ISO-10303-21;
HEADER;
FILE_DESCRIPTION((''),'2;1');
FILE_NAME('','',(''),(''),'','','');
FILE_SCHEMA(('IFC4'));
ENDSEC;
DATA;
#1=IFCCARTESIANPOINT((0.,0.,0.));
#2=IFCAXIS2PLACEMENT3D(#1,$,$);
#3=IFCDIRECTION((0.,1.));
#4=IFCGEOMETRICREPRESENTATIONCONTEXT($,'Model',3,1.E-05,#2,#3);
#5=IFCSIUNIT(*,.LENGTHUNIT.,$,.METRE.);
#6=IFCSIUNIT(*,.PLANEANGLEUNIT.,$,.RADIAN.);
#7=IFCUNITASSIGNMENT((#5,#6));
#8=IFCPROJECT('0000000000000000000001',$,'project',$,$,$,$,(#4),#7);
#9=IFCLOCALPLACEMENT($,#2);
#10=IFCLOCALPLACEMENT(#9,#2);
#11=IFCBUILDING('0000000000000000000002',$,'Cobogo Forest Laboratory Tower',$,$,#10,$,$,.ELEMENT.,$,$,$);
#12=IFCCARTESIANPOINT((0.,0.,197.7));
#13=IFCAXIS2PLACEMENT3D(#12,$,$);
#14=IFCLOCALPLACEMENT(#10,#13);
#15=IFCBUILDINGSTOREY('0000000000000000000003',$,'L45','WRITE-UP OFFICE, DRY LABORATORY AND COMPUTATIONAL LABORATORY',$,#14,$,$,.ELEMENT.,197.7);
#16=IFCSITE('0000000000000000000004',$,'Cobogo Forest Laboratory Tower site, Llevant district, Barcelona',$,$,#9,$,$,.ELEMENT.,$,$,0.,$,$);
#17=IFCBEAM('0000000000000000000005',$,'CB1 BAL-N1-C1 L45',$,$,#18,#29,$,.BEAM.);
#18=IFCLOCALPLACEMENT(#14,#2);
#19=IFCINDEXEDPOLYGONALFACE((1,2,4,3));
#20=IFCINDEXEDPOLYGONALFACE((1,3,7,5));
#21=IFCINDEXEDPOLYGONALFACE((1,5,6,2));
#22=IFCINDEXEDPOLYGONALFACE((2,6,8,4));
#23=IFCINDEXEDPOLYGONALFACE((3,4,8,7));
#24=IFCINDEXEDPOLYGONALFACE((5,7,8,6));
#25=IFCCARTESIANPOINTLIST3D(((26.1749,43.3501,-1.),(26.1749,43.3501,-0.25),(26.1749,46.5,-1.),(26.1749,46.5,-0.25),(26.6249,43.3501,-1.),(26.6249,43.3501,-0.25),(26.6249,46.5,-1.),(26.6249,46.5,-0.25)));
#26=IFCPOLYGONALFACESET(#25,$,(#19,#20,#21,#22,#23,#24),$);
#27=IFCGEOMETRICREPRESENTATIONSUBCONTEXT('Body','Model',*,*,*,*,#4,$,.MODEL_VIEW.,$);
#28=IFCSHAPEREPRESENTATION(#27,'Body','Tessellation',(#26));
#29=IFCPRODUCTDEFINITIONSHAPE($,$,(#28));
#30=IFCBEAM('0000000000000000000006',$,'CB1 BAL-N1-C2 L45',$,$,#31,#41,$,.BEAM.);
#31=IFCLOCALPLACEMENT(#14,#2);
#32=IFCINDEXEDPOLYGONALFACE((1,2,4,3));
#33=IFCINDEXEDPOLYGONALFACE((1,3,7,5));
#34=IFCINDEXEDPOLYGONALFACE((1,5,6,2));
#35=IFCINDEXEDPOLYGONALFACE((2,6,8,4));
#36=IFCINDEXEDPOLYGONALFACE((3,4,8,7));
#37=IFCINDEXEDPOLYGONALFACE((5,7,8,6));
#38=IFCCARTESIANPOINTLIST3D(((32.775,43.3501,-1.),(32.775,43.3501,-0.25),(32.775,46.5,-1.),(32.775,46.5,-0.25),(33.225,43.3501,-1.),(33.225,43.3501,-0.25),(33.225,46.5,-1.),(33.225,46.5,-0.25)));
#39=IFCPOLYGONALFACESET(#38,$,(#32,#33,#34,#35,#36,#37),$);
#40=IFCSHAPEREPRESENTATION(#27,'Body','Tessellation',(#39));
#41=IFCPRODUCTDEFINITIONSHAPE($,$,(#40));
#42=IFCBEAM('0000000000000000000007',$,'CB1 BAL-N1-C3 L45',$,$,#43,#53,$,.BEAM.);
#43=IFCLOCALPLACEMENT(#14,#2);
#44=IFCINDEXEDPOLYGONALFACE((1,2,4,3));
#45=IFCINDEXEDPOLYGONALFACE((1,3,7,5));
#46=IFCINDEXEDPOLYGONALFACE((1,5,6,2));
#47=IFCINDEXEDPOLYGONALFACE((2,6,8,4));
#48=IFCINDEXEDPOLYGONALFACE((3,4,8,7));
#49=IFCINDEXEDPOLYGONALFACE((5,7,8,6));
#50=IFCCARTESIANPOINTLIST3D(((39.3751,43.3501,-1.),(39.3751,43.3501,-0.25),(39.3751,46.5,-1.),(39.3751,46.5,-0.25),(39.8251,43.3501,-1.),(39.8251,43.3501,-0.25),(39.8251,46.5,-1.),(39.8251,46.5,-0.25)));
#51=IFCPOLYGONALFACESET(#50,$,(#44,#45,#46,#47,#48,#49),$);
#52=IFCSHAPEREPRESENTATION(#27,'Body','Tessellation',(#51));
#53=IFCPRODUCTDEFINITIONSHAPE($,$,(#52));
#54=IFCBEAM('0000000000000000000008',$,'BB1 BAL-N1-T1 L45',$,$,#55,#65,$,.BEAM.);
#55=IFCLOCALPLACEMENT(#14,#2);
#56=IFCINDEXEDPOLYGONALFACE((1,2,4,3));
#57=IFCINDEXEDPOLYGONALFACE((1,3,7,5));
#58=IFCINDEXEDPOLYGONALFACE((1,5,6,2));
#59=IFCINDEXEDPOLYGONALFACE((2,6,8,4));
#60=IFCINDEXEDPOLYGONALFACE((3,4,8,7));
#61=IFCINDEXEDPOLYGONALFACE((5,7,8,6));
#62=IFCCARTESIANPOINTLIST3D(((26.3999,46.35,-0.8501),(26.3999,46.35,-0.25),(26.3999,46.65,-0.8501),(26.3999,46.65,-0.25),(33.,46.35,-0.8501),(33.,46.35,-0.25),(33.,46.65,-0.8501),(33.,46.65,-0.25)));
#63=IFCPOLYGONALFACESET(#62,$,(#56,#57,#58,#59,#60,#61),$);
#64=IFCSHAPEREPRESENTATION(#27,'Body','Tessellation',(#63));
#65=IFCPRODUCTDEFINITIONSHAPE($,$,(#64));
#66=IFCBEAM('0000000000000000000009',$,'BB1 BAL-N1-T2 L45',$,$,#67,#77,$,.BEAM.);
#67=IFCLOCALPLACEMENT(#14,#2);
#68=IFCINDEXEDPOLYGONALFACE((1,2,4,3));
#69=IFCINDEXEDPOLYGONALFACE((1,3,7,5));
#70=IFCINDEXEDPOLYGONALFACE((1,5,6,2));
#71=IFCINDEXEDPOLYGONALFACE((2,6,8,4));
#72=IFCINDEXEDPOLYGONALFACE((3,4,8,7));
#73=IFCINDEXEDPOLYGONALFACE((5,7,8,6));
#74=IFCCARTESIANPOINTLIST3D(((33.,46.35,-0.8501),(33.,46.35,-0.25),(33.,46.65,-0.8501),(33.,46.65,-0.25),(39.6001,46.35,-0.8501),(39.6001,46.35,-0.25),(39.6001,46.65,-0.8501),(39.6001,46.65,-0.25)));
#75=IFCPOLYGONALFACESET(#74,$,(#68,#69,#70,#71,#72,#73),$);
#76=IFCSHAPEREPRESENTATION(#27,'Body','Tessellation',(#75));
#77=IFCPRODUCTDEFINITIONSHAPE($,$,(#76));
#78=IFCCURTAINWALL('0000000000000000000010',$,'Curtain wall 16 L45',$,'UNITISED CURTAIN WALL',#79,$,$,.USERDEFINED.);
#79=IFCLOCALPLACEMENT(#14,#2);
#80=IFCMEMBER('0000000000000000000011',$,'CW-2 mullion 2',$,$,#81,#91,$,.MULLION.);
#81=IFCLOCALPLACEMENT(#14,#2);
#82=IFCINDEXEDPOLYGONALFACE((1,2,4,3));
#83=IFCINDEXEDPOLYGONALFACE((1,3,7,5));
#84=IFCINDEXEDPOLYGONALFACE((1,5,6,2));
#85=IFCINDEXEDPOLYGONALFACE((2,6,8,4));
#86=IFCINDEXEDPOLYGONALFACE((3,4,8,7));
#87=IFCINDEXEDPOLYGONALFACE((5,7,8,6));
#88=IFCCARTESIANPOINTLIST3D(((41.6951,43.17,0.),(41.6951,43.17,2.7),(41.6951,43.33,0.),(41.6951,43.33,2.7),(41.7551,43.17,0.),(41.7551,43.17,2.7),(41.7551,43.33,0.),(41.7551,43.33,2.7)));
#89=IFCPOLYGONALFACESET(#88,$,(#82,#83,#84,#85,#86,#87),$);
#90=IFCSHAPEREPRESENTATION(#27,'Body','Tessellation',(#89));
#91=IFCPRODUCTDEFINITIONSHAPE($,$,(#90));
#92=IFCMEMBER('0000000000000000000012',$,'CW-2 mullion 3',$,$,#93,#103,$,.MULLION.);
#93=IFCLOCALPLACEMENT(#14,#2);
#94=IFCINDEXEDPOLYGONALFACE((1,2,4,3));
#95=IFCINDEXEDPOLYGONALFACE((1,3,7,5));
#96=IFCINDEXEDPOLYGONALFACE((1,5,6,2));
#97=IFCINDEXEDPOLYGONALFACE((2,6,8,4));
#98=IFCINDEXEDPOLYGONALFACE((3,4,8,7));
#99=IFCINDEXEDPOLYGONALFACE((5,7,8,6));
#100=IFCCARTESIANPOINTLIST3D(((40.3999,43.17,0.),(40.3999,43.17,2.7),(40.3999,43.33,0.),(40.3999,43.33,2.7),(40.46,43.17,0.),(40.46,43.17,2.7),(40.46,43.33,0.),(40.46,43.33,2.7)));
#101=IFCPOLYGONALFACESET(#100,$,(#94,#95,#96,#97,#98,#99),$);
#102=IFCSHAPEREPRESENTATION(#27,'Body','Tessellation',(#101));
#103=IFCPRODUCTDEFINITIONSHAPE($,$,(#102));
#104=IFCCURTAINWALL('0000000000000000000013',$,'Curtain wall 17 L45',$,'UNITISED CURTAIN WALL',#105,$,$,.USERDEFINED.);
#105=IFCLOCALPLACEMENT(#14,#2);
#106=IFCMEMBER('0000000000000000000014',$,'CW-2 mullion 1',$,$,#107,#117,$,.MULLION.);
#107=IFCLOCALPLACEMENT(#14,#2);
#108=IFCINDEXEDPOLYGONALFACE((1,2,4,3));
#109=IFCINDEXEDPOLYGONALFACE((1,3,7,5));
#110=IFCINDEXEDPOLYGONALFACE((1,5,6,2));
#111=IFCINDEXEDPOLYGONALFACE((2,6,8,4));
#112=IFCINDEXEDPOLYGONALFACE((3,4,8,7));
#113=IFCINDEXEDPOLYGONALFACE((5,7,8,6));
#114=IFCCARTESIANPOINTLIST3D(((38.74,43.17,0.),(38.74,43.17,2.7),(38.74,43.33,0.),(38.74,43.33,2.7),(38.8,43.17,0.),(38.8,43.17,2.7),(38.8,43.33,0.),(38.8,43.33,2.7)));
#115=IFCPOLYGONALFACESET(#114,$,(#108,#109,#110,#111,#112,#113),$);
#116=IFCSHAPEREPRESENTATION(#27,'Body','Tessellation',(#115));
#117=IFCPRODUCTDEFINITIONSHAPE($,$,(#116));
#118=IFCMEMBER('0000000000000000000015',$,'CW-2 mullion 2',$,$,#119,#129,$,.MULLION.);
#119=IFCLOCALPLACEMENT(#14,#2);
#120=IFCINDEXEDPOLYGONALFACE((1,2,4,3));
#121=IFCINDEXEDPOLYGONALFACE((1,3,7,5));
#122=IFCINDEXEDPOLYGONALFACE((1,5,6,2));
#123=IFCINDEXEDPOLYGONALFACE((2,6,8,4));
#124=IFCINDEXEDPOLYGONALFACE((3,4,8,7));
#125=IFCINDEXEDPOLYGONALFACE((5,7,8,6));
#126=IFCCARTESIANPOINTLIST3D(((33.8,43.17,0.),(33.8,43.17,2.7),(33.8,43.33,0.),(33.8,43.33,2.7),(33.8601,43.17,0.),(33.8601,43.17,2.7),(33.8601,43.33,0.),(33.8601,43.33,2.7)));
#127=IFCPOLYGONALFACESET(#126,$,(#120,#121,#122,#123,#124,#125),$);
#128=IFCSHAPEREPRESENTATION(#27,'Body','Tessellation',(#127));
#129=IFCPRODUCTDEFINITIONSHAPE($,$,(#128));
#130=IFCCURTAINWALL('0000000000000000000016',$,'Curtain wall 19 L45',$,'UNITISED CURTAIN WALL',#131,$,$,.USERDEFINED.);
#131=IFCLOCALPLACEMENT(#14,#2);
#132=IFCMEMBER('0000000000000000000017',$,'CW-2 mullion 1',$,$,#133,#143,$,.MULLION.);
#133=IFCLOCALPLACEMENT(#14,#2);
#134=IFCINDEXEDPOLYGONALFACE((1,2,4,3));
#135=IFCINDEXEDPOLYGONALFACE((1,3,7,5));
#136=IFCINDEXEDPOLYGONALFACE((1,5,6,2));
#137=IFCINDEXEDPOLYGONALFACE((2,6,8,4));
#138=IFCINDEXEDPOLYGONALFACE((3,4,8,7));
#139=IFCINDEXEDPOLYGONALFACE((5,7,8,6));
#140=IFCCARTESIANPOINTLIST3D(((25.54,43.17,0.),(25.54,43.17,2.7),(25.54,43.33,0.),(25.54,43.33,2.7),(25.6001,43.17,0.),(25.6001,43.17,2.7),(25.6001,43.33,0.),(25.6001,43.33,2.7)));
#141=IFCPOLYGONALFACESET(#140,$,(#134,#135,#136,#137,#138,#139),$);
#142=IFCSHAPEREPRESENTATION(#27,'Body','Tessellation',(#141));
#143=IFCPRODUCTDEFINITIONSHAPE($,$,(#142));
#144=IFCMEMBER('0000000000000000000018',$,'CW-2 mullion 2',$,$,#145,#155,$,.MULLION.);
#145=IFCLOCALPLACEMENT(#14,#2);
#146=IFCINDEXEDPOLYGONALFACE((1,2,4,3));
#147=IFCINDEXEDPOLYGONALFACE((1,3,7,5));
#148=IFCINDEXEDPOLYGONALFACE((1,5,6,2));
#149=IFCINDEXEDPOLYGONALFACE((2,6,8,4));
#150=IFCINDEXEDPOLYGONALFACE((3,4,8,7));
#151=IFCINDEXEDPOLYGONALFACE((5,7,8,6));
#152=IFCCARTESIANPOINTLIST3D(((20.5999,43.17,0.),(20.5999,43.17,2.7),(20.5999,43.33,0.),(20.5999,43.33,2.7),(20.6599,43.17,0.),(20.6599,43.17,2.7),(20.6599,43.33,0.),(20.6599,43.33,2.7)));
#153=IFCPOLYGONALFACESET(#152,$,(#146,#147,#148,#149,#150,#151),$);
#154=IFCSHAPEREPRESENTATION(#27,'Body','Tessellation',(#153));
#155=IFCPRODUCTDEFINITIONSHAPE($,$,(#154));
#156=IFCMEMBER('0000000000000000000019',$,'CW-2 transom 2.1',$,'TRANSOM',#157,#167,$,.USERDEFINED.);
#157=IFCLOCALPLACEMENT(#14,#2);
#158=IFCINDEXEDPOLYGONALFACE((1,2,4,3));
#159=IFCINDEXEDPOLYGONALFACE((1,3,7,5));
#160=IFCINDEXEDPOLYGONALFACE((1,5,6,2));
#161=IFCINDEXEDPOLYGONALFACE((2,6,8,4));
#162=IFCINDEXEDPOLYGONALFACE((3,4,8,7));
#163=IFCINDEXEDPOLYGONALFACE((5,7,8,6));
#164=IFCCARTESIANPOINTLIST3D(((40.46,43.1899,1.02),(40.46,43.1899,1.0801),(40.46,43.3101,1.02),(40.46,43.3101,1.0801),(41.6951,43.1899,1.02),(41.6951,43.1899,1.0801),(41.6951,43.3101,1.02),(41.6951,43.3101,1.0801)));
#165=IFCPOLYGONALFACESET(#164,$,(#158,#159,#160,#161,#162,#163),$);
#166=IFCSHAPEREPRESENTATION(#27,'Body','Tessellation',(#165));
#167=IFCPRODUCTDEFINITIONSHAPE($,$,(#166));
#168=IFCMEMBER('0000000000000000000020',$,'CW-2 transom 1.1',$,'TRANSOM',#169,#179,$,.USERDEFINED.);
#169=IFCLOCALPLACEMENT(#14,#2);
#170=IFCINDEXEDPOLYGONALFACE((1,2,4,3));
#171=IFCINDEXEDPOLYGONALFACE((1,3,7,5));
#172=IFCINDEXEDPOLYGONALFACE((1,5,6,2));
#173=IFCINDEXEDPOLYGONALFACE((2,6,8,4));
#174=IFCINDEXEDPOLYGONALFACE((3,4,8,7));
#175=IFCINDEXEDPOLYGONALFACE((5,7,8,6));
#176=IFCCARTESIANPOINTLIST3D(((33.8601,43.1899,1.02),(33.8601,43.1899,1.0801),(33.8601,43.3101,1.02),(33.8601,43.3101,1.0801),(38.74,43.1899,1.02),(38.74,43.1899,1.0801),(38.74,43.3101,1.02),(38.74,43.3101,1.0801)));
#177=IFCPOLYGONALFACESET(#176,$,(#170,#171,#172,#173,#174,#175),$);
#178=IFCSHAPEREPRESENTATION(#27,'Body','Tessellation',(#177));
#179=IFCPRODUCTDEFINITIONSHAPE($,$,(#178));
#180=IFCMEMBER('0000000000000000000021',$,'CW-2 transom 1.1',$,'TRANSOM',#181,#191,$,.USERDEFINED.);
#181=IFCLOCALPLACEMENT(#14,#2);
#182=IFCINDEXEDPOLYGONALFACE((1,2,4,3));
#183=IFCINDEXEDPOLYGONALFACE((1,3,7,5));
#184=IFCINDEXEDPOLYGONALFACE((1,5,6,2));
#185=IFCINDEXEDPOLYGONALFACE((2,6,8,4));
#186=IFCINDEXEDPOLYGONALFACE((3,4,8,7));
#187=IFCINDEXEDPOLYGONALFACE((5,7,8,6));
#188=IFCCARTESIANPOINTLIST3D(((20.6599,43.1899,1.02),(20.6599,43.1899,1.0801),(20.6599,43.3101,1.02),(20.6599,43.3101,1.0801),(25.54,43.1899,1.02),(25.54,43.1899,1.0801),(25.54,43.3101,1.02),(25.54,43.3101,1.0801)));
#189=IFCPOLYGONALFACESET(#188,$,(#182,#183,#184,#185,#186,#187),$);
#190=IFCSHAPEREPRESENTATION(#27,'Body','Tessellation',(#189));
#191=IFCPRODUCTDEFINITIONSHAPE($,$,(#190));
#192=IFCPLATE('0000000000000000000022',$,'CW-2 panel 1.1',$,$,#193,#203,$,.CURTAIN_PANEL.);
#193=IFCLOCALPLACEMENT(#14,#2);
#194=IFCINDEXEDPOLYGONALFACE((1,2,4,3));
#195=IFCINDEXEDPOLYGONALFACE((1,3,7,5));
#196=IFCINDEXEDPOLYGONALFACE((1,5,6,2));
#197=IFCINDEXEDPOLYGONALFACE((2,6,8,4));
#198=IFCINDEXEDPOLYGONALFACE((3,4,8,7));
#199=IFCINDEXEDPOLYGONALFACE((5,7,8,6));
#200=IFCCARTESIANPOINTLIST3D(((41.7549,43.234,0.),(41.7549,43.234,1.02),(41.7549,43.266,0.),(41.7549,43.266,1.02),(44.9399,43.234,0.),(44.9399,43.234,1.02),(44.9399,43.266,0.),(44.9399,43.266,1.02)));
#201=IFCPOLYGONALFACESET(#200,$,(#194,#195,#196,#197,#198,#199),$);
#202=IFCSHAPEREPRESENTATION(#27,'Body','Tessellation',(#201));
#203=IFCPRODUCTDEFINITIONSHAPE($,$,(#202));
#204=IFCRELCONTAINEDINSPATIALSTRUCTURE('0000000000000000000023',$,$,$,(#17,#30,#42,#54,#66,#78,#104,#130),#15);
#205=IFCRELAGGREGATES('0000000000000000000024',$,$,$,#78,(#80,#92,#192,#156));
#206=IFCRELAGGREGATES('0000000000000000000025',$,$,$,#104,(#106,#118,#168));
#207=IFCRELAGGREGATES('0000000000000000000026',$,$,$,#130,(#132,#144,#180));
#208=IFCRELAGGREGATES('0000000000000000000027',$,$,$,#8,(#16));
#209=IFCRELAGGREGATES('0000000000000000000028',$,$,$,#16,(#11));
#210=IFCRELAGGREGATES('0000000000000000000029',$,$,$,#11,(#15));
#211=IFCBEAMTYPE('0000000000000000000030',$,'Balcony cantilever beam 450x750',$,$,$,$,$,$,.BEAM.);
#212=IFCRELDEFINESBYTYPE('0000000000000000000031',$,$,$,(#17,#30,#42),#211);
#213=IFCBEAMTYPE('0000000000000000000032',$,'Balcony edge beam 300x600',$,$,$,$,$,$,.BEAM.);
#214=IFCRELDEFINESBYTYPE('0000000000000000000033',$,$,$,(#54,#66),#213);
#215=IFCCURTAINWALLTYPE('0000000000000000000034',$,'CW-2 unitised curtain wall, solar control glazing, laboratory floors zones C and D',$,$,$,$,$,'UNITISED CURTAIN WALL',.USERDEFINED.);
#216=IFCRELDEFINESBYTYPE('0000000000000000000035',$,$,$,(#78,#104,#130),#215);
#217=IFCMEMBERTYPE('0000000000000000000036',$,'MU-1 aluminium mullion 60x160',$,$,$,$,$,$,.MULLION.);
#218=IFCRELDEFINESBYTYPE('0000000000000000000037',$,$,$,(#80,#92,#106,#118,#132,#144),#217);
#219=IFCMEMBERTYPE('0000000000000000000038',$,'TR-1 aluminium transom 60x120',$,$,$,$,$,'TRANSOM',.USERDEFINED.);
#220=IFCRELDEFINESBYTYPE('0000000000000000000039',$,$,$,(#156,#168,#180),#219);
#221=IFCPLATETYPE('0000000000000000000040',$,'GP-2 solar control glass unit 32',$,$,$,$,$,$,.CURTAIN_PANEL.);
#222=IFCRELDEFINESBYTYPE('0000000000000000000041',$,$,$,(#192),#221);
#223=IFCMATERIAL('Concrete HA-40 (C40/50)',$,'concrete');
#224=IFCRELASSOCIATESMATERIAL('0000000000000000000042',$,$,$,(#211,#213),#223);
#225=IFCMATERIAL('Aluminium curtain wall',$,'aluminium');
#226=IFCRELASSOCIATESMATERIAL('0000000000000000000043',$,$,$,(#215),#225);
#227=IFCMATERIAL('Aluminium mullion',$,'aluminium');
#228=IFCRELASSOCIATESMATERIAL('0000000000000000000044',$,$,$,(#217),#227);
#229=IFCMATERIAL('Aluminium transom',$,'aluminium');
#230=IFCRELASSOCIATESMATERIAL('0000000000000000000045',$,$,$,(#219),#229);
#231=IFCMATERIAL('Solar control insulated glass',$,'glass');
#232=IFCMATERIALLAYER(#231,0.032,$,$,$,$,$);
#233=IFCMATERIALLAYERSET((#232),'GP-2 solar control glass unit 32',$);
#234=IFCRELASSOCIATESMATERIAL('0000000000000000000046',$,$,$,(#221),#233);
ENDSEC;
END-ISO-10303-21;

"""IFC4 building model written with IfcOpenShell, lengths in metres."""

from ifc_helpers import new_model, si_unit, direction, frame, origin, origin_2d, place, context, subcontext, project, spatial, rectangle, extrude, material, layer, layer_set, material_profile, profile_set, type_object, element, aggregate, save


model = new_model("IFC4")

# Units and contexts
model_context = context("Model", 3, precision=1e-05, world=origin(), true_north=direction((0.0, 1.0)))
body_context = subcontext(model_context, "Body", "Model", "MODEL_VIEW")
ifc_project = project(units=[si_unit("LENGTHUNIT", "METRE"), si_unit("PLANEANGLEUNIT", "RADIAN")], contexts=[model_context])

# Site, building, storey
site_placement = place(None, origin())
site = spatial("IfcSite", under=ifc_project, at=site_placement, Name="Cobogo Forest Laboratory Tower site, Llevant district, Barcelona", CompositionType="ELEMENT", RefElevation=0.0)
building_placement = place(site_placement, origin())
building = spatial("IfcBuilding", under=site, at=building_placement, Name="Cobogo Forest Laboratory Tower", CompositionType="ELEMENT")
storey_placement = place(building_placement, frame((0.0, 0.0, 197.7)))
storey = spatial("IfcBuildingStorey", under=building, at=storey_placement, Name="L45", Description="WRITE-UP OFFICE, DRY LABORATORY AND COMPUTATIONAL LABORATORY", CompositionType="ELEMENT", Elevation=197.7)

# Beams
ifc_material_1 = material(Name="Concrete HA-40 (C40/50)", Category="concrete")
ifc_material_profile_1 = material_profile(ifc_material_1, rectangle(XDim=0.45, YDim=0.75, at=origin_2d()), Name="RC 450x750")
ifc_profile_set_1 = profile_set([ifc_material_profile_1], Name="Concrete HA-40 (C40/50)")
beam_type_1 = type_object("IfcBeamType", Name="Balcony cantilever beam 450x750", PredefinedType="BEAM", material=ifc_profile_set_1)
for number, where, z_axis, x_axis, name in (
    (1, (26.3999, 43.3501, -0.625), (0.0, 1.0, 0.0), (-1.0, 0.0, 0.0), "CB1 BAL-N1-C1 L45"),
    (2, (33.0, 43.3501, -0.625), (0.0, 1.0, 0.0), (-1.0, 0.0, 0.0), "CB1 BAL-N1-C2 L45"),
    (3, (39.6001, 43.3501, -0.625), (0.0, 1.0, 0.0), (-1.0, 0.0, 0.0), "CB1 BAL-N1-C3 L45"),
):
    element("IfcBeam", number, at=place(storey_placement, frame(where, z_axis=z_axis, x_axis=x_axis)), inside=storey, type_object=beam_type_1, Name=name, PredefinedType="BEAM", context=body_context, shape_type="SweptSolid", body=[
        extrude(rectangle(XDim=0.45, YDim=0.75, at=origin_2d()), origin(), (0.0, 0.0, 1.0), 3.1499),
    ])
ifc_material_profile_2 = material_profile(ifc_material_1, rectangle(XDim=0.3, YDim=0.6001, at=origin_2d()), Name="RC 300x600")
ifc_profile_set_2 = profile_set([ifc_material_profile_2], Name="Concrete HA-40 (C40/50)")
beam_type_2 = type_object("IfcBeamType", Name="Balcony edge beam 300x600", PredefinedType="BEAM", material=ifc_profile_set_2)
for number, where, z_axis, x_axis, name in (
    (4, (26.3999, 46.5, -0.55), (1.0, 0.0, 0.0), (0.0, 1.0, 0.0), "BB1 BAL-N1-T1 L45"),
    (5, (33.0, 46.5, -0.55), (1.0, 0.0, 0.0), (0.0, 1.0, 0.0), "BB1 BAL-N1-T2 L45"),
):
    element("IfcBeam", number, at=place(storey_placement, frame(where, z_axis=z_axis, x_axis=x_axis)), inside=storey, type_object=beam_type_2, Name=name, PredefinedType="BEAM", context=body_context, shape_type="SweptSolid", body=[
        extrude(rectangle(XDim=0.3, YDim=0.6001, at=origin_2d()), origin(), (0.0, 0.0, 1.0), 6.6001),
    ])

# Curtain walls, members
ifc_material_2 = material(Name="Aluminium curtain wall", Category="aluminium")
curtain_wall_type = type_object("IfcCurtainWallType", Name="CW-2 unitised curtain wall, solar control glazing, laboratory floors zones C and D", ElementType="UNITISED CURTAIN WALL", PredefinedType="USERDEFINED", material=ifc_material_2)
curtain_wall_1_placement = place(storey_placement, origin())
curtain_wall_1 = element("IfcCurtainWall", 6, at=curtain_wall_1_placement, inside=storey, type_object=curtain_wall_type, Name="Curtain wall 16 L45", ObjectType="UNITISED CURTAIN WALL", PredefinedType="USERDEFINED")
ifc_material_3 = material(Name="Aluminium mullion", Category="aluminium")
ifc_material_profile_3 = material_profile(ifc_material_3, rectangle(XDim=0.0601, YDim=0.1599, at=origin_2d()), Name="AL 60x160")
ifc_profile_set_3 = profile_set([ifc_material_profile_3], Name="Aluminium mullion")
member_type_1 = type_object("IfcMemberType", Name="MU-1 aluminium mullion 60x160", PredefinedType="MULLION", material=ifc_profile_set_3)
member_1_placement = place(storey_placement, frame((41.7251, 43.25, 0.0), z_axis=(0.0, 0.0, 1.0), x_axis=(-1.0, 0.0, 0.0)))
member_1 = element("IfcMember", 7, at=member_1_placement, type_object=member_type_1, Name="CW-2 mullion 2", PredefinedType="MULLION", context=body_context, shape_type="SweptSolid", body=[
    extrude(rectangle(XDim=0.0601, YDim=0.1599, at=origin_2d()), origin(), (0.0, 0.0, 1.0), 2.7),
])
member_2_placement = place(storey_placement, frame((40.4299, 43.25, 0.0), z_axis=(0.0, 0.0, 1.0), x_axis=(-1.0, 0.0, 0.0)))
member_2 = element("IfcMember", 8, at=member_2_placement, type_object=member_type_1, Name="CW-2 mullion 3", PredefinedType="MULLION", context=body_context, shape_type="SweptSolid", body=[
    extrude(rectangle(XDim=0.0601, YDim=0.1599, at=origin_2d()), origin(), (0.0, 0.0, 1.0), 2.7),
])
curtain_wall_2_placement = place(storey_placement, origin())
curtain_wall_2 = element("IfcCurtainWall", 9, at=curtain_wall_2_placement, inside=storey, type_object=curtain_wall_type, Name="Curtain wall 17 L45", ObjectType="UNITISED CURTAIN WALL", PredefinedType="USERDEFINED")
member_3_placement = place(storey_placement, frame((38.77, 43.25, 0.0), z_axis=(0.0, 0.0, 1.0), x_axis=(-1.0, 0.0, 0.0)))
member_3 = element("IfcMember", 10, at=member_3_placement, type_object=member_type_1, Name="CW-2 mullion 1", PredefinedType="MULLION", context=body_context, shape_type="SweptSolid", body=[
    extrude(rectangle(XDim=0.0601, YDim=0.1599, at=origin_2d()), origin(), (0.0, 0.0, 1.0), 2.7),
])
member_4_placement = place(storey_placement, frame((33.8301, 43.25, 0.0), z_axis=(0.0, 0.0, 1.0), x_axis=(-1.0, 0.0, 0.0)))
member_4 = element("IfcMember", 11, at=member_4_placement, type_object=member_type_1, Name="CW-2 mullion 2", PredefinedType="MULLION", context=body_context, shape_type="SweptSolid", body=[
    extrude(rectangle(XDim=0.0601, YDim=0.1599, at=origin_2d()), origin(), (0.0, 0.0, 1.0), 2.7),
])
curtain_wall_3_placement = place(storey_placement, origin())
curtain_wall_3 = element("IfcCurtainWall", 12, at=curtain_wall_3_placement, inside=storey, type_object=curtain_wall_type, Name="Curtain wall 19 L45", ObjectType="UNITISED CURTAIN WALL", PredefinedType="USERDEFINED")
member_5_placement = place(storey_placement, frame((25.5701, 43.25, 0.0), z_axis=(0.0, 0.0, 1.0), x_axis=(-1.0, 0.0, 0.0)))
member_5 = element("IfcMember", 13, at=member_5_placement, type_object=member_type_1, Name="CW-2 mullion 1", PredefinedType="MULLION", context=body_context, shape_type="SweptSolid", body=[
    extrude(rectangle(XDim=0.0601, YDim=0.1599, at=origin_2d()), origin(), (0.0, 0.0, 1.0), 2.7),
])
member_6_placement = place(storey_placement, frame((20.6299, 43.25, 0.0), z_axis=(0.0, 0.0, 1.0), x_axis=(-1.0, 0.0, 0.0)))
member_6 = element("IfcMember", 14, at=member_6_placement, type_object=member_type_1, Name="CW-2 mullion 2", PredefinedType="MULLION", context=body_context, shape_type="SweptSolid", body=[
    extrude(rectangle(XDim=0.0601, YDim=0.1599, at=origin_2d()), origin(), (0.0, 0.0, 1.0), 2.7),
])

# Members
ifc_material_4 = material(Name="Aluminium transom", Category="aluminium")
ifc_material_profile_4 = material_profile(ifc_material_4, rectangle(XDim=0.1201, YDim=0.0601, at=origin_2d()), Name="AL 60x120")
ifc_profile_set_4 = profile_set([ifc_material_profile_4], Name="Aluminium transom")
member_type_2 = type_object("IfcMemberType", Name="TR-1 aluminium transom 60x120", ElementType="TRANSOM", PredefinedType="USERDEFINED", material=ifc_profile_set_4)
member_7_placement = place(storey_placement, frame((41.6951, 43.25, 1.05), z_axis=(-1.0, 0.0, 0.0), x_axis=(0.0, -1.0, 0.0)))
member_7 = element("IfcMember", 15, at=member_7_placement, type_object=member_type_2, Name="CW-2 transom 2.1", ObjectType="TRANSOM", PredefinedType="USERDEFINED", context=body_context, shape_type="SweptSolid", body=[
    extrude(rectangle(XDim=0.1201, YDim=0.0601, at=origin_2d()), origin(), (0.0, 0.0, 1.0), 1.2351),
])
member_8_placement = place(storey_placement, frame((38.74, 43.25, 1.05), z_axis=(-1.0, 0.0, 0.0), x_axis=(0.0, -1.0, 0.0)))
member_8 = element("IfcMember", 16, at=member_8_placement, type_object=member_type_2, Name="CW-2 transom 1.1", ObjectType="TRANSOM", PredefinedType="USERDEFINED", context=body_context, shape_type="SweptSolid", body=[
    extrude(rectangle(XDim=0.1201, YDim=0.0601, at=origin_2d()), origin(), (0.0, 0.0, 1.0), 4.8799),
])
member_9_placement = place(storey_placement, frame((25.54, 43.25, 1.05), z_axis=(-1.0, 0.0, 0.0), x_axis=(0.0, -1.0, 0.0)))
member_9 = element("IfcMember", 17, at=member_9_placement, type_object=member_type_2, Name="CW-2 transom 1.1", ObjectType="TRANSOM", PredefinedType="USERDEFINED", context=body_context, shape_type="SweptSolid", body=[
    extrude(rectangle(XDim=0.1201, YDim=0.0601, at=origin_2d()), origin(), (0.0, 0.0, 1.0), 4.8801),
])

# Plate
ifc_material_5 = material(Name="Solar control insulated glass", Category="glass")
ifc_layer_1 = layer(ifc_material_5, 0.032)
ifc_layer_set_1 = layer_set([ifc_layer_1], Name="GP-2 solar control glass unit 32")
plate_type_1 = type_object("IfcPlateType", Name="GP-2 solar control glass unit 32", PredefinedType="CURTAIN_PANEL", material=ifc_layer_set_1)
plate_1_placement = place(storey_placement, frame((43.3474, 43.25, 0.0), z_axis=(0.0, 0.0, 1.0), x_axis=(-1.0, 0.0, 0.0)))
plate_1 = element("IfcPlate", 18, at=plate_1_placement, type_object=plate_type_1, Name="CW-2 panel 1.1", PredefinedType="CURTAIN_PANEL", context=body_context, shape_type="SweptSolid", body=[
    extrude(rectangle(XDim=3.1851, YDim=0.032, at=origin_2d()), origin(), (0.0, 0.0, 1.0), 1.02),
])
aggregate(curtain_wall_1, [member_1, member_2, plate_1, member_7])
aggregate(curtain_wall_2, [member_3, member_4, member_8])
aggregate(curtain_wall_3, [member_5, member_6, member_9])

save(model, "model.ifc")
